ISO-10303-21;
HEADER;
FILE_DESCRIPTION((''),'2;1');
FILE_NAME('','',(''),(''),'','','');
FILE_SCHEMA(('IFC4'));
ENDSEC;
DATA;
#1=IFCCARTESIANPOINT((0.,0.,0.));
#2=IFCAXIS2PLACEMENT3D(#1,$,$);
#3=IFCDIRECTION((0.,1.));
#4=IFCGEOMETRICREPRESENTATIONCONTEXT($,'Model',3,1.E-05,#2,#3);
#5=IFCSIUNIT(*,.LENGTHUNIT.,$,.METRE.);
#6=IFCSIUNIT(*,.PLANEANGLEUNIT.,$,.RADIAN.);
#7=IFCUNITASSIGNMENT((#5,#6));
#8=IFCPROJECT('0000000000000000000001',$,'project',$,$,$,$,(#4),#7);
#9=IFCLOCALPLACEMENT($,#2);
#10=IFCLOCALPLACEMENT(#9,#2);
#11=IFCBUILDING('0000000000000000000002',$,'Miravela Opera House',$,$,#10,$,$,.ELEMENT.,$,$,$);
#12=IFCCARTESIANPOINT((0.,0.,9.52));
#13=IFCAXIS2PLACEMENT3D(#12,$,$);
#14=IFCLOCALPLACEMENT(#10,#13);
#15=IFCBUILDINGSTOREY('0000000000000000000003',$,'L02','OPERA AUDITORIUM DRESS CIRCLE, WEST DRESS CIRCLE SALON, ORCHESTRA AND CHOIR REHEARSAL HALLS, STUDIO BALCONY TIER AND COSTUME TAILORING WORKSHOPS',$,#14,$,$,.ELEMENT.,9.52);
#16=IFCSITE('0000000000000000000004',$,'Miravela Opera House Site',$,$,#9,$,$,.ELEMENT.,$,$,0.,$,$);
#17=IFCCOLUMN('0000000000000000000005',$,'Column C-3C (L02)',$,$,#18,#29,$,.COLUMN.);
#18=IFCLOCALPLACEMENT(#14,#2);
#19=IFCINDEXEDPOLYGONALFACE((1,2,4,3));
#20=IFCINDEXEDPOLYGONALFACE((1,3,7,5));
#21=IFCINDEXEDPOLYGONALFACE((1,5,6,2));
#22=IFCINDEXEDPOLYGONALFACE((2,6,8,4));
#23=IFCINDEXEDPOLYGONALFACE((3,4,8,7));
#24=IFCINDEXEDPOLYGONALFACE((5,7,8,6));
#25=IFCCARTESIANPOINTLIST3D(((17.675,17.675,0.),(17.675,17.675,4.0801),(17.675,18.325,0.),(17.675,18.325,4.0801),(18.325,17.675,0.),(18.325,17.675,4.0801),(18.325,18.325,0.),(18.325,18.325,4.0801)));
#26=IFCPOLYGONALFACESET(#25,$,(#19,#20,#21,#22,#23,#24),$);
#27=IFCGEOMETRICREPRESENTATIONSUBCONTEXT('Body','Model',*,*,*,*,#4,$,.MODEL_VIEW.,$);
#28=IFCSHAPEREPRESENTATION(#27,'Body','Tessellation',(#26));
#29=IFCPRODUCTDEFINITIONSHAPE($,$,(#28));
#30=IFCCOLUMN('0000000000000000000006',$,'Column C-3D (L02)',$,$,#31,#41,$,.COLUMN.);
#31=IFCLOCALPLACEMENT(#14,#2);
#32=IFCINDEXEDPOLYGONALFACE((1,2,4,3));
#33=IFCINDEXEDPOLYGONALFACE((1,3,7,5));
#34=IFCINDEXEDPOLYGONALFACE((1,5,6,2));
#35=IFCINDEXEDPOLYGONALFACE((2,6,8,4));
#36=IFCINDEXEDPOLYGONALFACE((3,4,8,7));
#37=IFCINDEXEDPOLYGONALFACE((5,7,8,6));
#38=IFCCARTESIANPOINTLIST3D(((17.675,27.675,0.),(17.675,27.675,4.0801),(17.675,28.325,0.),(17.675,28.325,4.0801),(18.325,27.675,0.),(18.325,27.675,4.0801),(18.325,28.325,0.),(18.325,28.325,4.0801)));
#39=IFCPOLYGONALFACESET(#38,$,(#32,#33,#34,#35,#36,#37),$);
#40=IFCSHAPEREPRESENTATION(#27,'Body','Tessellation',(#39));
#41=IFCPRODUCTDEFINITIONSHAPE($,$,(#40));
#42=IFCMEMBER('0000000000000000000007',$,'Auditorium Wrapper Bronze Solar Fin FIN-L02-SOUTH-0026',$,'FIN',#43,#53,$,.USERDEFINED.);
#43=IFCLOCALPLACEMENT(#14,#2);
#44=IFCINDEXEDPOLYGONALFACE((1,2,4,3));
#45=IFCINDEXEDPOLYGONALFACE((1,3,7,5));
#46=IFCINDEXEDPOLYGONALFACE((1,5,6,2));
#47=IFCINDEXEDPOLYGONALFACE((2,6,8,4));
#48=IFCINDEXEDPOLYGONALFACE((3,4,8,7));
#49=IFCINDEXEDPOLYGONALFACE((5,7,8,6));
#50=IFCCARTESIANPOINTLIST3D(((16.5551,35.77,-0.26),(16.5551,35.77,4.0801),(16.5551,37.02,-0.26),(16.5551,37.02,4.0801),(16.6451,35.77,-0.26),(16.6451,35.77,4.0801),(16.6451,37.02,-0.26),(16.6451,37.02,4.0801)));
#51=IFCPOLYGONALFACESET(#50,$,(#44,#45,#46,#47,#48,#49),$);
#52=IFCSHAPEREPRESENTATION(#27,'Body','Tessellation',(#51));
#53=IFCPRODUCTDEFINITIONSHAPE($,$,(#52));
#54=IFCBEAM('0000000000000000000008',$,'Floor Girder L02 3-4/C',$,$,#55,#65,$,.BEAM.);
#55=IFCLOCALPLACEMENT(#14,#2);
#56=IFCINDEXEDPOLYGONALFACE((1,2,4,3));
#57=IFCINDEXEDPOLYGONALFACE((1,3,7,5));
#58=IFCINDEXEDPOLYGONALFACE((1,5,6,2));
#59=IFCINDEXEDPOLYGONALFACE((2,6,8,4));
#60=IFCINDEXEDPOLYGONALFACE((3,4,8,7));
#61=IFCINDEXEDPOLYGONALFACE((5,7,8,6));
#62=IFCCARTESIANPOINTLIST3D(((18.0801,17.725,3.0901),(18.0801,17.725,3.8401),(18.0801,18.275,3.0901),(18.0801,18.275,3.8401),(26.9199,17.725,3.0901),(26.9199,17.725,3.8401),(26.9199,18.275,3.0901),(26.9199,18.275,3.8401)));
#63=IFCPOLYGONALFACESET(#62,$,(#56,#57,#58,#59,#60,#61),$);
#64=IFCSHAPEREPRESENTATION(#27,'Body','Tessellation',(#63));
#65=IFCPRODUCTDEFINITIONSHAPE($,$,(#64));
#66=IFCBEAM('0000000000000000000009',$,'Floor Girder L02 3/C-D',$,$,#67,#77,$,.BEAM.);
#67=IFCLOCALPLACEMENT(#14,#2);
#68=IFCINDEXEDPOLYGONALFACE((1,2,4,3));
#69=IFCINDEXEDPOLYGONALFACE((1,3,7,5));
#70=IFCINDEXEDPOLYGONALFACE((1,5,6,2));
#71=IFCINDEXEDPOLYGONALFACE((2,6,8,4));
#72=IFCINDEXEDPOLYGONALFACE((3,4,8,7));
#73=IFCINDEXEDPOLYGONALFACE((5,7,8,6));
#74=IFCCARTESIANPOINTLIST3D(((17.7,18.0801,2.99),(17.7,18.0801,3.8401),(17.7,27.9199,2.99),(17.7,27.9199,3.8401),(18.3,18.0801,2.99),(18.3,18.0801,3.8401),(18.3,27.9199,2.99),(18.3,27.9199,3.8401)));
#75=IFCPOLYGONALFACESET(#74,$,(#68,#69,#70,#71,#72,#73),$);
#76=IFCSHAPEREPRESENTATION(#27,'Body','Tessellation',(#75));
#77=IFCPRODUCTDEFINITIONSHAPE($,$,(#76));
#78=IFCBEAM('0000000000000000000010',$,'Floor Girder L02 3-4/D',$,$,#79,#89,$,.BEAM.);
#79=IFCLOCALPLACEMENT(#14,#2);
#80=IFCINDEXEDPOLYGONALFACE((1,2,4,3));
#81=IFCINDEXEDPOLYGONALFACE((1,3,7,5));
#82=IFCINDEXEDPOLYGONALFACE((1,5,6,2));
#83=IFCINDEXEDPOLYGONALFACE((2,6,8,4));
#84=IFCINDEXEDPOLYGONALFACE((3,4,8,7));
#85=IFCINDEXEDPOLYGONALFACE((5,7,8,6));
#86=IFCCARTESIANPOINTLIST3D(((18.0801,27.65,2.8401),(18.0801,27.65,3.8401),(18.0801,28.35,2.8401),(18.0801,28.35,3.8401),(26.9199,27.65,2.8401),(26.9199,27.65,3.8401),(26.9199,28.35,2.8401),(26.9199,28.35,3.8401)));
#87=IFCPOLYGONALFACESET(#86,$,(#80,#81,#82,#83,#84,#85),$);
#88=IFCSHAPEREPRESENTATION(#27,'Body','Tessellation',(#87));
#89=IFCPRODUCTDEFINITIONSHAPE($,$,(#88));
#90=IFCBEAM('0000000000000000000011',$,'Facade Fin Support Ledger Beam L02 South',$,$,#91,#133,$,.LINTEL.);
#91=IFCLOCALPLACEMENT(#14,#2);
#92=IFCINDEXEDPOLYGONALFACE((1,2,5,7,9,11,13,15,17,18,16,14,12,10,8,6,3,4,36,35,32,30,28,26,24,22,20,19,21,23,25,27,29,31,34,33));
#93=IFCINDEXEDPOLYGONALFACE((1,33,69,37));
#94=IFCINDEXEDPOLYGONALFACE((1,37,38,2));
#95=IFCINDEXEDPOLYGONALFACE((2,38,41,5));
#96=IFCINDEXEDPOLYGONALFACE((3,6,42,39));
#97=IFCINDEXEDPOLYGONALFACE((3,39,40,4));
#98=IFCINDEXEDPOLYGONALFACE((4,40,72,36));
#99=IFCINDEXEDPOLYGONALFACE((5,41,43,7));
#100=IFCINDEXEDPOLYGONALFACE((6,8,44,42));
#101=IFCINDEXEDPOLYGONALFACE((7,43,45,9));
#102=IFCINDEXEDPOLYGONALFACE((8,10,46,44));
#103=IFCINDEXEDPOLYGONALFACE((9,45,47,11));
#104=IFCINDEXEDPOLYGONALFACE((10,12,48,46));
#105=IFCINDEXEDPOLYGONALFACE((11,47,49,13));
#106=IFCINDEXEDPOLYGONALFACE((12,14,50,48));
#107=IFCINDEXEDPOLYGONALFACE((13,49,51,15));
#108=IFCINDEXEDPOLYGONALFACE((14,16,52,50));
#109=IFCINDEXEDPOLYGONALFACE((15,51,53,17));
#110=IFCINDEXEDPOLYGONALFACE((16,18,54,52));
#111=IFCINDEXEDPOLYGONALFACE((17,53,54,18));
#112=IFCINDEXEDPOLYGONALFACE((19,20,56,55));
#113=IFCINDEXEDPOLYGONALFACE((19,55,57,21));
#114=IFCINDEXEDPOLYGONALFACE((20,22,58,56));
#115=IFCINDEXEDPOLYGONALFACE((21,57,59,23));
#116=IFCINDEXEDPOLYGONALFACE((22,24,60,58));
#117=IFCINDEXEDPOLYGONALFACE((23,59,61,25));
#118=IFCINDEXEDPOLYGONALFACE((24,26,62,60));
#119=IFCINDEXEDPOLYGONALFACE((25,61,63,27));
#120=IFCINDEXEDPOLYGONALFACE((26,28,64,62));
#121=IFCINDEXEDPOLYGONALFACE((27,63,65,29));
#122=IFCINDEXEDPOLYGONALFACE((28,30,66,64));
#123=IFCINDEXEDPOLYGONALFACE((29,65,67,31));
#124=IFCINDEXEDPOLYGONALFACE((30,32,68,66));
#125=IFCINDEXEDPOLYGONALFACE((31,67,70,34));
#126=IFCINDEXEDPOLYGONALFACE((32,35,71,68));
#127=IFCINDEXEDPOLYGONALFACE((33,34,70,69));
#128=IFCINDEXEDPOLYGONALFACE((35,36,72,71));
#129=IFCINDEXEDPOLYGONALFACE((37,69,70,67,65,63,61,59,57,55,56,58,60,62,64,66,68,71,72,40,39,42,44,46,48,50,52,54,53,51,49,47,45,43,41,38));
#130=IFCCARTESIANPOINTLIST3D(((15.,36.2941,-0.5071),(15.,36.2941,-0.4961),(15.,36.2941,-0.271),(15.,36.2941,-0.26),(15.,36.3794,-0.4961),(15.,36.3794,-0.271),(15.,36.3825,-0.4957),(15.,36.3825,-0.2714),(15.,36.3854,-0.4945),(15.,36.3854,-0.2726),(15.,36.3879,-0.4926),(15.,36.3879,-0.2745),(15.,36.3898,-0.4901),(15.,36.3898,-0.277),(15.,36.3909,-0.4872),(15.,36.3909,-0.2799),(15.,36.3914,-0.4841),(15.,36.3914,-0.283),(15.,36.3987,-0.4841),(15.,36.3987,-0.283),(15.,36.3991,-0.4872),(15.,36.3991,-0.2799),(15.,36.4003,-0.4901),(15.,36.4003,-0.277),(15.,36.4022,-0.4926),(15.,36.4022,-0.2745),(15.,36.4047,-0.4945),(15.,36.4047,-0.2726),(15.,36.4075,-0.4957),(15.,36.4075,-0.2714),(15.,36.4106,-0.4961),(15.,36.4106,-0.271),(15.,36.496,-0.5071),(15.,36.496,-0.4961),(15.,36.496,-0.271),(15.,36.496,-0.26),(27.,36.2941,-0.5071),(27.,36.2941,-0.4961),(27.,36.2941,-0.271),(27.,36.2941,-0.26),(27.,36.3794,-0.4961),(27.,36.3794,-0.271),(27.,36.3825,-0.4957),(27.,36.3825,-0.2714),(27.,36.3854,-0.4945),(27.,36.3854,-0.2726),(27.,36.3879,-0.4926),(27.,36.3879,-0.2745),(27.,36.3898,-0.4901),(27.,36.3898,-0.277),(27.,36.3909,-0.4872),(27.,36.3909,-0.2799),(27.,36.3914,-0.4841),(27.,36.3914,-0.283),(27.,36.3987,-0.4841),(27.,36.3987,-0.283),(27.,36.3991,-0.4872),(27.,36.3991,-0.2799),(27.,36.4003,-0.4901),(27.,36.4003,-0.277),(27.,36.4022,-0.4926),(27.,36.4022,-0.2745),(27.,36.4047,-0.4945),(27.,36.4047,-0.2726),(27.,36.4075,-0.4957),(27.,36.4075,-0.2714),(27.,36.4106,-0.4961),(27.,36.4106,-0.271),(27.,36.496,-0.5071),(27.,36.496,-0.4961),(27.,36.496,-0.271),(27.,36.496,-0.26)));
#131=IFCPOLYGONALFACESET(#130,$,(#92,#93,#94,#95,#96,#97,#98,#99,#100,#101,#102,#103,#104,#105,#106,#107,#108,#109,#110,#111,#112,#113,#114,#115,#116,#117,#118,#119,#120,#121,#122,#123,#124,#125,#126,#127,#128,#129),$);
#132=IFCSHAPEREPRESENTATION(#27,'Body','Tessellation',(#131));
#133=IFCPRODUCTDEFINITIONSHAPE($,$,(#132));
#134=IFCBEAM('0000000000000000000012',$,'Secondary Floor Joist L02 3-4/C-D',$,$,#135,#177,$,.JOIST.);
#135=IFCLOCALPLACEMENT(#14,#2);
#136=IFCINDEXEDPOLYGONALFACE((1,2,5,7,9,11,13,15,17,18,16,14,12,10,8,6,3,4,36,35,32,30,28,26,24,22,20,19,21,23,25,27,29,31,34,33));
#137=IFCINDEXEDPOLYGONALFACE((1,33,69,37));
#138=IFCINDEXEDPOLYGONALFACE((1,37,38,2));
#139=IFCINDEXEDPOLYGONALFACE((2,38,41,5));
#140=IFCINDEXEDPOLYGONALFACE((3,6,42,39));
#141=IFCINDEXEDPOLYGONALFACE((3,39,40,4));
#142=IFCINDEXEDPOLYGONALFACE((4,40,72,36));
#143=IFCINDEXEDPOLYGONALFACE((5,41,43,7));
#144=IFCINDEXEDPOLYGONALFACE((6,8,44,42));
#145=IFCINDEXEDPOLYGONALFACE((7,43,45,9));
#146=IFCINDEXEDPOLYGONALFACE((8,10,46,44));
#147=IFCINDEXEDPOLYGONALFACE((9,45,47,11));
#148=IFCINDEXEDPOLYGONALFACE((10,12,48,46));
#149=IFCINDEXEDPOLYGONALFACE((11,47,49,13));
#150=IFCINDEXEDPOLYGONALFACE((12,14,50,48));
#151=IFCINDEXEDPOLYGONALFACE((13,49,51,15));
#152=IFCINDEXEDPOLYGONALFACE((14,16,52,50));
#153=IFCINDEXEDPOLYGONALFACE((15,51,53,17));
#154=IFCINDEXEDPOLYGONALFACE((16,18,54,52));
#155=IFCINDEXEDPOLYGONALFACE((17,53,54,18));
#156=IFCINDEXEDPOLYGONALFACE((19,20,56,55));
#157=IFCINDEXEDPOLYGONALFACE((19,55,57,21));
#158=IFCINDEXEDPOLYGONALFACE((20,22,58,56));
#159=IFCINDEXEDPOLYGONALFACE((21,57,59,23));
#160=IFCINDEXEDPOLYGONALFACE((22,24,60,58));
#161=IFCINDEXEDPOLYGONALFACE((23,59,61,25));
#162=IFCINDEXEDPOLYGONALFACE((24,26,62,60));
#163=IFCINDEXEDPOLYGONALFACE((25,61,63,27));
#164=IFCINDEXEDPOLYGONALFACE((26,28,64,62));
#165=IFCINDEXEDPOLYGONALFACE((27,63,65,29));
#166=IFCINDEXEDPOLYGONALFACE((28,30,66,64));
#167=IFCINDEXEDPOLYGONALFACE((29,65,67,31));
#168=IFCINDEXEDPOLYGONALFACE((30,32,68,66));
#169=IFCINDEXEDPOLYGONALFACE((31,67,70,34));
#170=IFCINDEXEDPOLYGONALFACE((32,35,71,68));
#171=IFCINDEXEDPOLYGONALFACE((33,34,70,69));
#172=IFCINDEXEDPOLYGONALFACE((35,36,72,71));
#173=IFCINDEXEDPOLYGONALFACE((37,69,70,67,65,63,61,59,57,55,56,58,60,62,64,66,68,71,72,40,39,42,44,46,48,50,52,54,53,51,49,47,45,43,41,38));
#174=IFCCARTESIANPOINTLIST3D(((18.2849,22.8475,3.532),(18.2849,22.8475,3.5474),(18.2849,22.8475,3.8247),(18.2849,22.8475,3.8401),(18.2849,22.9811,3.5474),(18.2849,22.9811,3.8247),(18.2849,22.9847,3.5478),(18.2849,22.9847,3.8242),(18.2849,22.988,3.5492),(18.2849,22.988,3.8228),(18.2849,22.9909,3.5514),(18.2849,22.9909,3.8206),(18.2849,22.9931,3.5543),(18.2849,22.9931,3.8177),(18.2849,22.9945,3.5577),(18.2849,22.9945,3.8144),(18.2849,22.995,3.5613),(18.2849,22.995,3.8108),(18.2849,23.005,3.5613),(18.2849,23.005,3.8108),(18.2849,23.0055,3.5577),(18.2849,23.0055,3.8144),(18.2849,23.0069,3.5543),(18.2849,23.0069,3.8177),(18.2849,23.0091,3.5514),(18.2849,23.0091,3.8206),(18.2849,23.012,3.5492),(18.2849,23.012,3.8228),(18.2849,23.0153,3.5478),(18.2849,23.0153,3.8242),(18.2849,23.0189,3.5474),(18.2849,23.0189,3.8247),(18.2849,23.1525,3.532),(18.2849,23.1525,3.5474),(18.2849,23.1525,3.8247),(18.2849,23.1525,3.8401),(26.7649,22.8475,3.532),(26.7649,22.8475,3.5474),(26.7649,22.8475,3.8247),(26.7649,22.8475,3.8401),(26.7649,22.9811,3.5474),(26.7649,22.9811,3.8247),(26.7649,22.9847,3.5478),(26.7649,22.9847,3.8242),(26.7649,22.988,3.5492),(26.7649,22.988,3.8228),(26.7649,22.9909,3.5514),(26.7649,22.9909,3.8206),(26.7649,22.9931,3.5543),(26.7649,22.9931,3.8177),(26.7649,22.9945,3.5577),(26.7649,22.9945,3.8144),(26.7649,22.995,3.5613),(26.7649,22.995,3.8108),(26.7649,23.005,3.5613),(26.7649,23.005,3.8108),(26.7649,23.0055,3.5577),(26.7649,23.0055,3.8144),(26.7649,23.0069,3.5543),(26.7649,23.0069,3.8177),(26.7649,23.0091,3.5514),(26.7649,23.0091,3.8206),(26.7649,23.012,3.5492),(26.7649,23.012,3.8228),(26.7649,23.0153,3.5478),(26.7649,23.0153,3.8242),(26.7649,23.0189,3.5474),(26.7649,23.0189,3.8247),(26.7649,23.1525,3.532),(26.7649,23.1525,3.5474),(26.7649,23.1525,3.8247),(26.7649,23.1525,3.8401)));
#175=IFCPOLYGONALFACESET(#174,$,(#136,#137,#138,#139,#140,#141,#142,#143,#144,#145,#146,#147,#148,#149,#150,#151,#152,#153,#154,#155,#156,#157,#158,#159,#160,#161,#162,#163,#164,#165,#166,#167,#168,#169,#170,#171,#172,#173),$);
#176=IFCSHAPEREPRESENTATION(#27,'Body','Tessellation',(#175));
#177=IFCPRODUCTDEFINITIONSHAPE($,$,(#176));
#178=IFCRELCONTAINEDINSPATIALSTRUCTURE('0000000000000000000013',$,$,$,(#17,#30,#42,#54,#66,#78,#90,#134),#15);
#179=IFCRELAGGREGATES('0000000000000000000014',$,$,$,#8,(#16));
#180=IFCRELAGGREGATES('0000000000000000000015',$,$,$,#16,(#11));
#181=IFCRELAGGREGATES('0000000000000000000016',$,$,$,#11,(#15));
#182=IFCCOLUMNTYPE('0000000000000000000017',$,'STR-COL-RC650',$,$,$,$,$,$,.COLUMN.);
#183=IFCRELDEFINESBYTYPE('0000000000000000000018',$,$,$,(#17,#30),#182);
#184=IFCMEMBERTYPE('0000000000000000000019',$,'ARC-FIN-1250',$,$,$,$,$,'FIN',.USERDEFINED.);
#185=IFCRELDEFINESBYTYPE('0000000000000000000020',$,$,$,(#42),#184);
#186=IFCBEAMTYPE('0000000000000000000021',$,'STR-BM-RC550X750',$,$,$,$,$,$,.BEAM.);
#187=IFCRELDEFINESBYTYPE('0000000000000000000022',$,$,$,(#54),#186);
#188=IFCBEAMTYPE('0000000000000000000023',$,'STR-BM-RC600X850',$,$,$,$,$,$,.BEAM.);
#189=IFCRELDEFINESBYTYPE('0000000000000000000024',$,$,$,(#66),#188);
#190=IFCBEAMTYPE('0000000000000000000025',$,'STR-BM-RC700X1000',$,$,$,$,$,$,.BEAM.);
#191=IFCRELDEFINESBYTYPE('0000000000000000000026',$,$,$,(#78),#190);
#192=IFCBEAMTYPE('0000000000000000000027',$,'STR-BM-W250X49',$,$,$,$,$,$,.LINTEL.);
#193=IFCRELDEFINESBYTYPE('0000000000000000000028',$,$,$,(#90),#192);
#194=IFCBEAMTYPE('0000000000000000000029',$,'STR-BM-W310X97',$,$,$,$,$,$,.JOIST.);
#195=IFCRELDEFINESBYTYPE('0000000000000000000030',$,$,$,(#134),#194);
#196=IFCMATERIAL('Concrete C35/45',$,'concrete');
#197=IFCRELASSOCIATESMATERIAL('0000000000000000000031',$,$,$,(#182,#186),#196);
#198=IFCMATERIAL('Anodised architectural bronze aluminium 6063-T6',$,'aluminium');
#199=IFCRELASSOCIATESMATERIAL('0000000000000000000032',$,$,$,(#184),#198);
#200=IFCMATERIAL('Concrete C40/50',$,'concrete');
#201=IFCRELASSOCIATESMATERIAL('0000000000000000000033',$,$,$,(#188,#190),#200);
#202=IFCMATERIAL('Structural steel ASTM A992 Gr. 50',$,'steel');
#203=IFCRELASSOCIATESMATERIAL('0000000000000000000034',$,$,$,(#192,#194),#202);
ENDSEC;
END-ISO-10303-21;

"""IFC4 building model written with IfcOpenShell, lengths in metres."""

from ifc_helpers import new_model, si_unit, direction, frame, origin, origin_2d, place, context, subcontext, project, spatial, rectangle, i_section, extrude, material, material_profile, profile_set, type_object, element, save


model = new_model("IFC4")

# Units and contexts
model_context = context("Model", 3, precision=1e-05, world=origin(), true_north=direction((0.0, 1.0)))
body_context = subcontext(model_context, "Body", "Model", "MODEL_VIEW")
ifc_project = project(units=[si_unit("LENGTHUNIT", "METRE"), si_unit("PLANEANGLEUNIT", "RADIAN")], contexts=[model_context])

# Site, building, storey
site_placement = place(None, origin())
site = spatial("IfcSite", under=ifc_project, at=site_placement, Name="Miravela Opera House Site", CompositionType="ELEMENT", RefElevation=0.0)
building_placement = place(site_placement, origin())
building = spatial("IfcBuilding", under=site, at=building_placement, Name="Miravela Opera House", CompositionType="ELEMENT")
storey_placement = place(building_placement, frame((0.0, 0.0, 9.52)))
storey = spatial("IfcBuildingStorey", under=building, at=storey_placement, Name="L02", Description="OPERA AUDITORIUM DRESS CIRCLE, WEST DRESS CIRCLE SALON, ORCHESTRA AND CHOIR REHEARSAL HALLS, STUDIO BALCONY TIER AND COSTUME TAILORING WORKSHOPS", CompositionType="ELEMENT", Elevation=9.52)

# Columns
ifc_material_1 = material(Name="Concrete C35/45", Category="concrete")
ifc_material_profile_1 = material_profile(ifc_material_1, rectangle(XDim=0.6499, YDim=0.6499, at=origin_2d()), Name="RC-COL-650X650")
ifc_profile_set_1 = profile_set([ifc_material_profile_1])
column_type = type_object("IfcColumnType", Name="STR-COL-RC650", PredefinedType="COLUMN", material=ifc_profile_set_1)
for number, where, z_axis, x_axis, name in (
    (1, (18.0, 18.0, 0.0), (0.0, 0.0, 1.0), (1.0, 0.0, 0.0), "Column C-3C (L02)"),
    (2, (18.0, 28.0, 0.0), (0.0, 0.0, 1.0), (1.0, 0.0, 0.0), "Column C-3D (L02)"),
):
    element("IfcColumn", number, at=place(storey_placement, frame(where, z_axis=z_axis, x_axis=x_axis)), inside=storey, type_object=column_type, Name=name, PredefinedType="COLUMN", context=body_context, shape_type="SweptSolid", body=[
        extrude(rectangle(XDim=0.6499, YDim=0.6499, at=origin_2d()), origin(), (0.0, 0.0, 1.0), 4.0801),
    ])

# Member
ifc_material_2 = material(Name="Anodised architectural bronze aluminium 6063-T6", Category="aluminium")
ifc_material_profile_2 = material_profile(ifc_material_2, rectangle(XDim=0.0901, YDim=1.25, at=origin_2d()), Name="FIN-1250X90")
ifc_profile_set_2 = profile_set([ifc_material_profile_2])
member_type_1 = type_object("IfcMemberType", Name="ARC-FIN-1250", ElementType="FIN", PredefinedType="USERDEFINED", material=ifc_profile_set_2)
member_placement = place(storey_placement, frame((16.6001, 36.395, -0.26), z_axis=(0.0, 0.0, 1.0), x_axis=(1.0, 0.0, 0.0)))
element("IfcMember", 3, at=member_placement, inside=storey, type_object=member_type_1, Name="Auditorium Wrapper Bronze Solar Fin FIN-L02-SOUTH-0026", ObjectType="FIN", PredefinedType="USERDEFINED", context=body_context, shape_type="SweptSolid", body=[
    extrude(rectangle(XDim=0.0901, YDim=1.25, at=origin_2d()), origin(), (0.0, 0.0, 1.0), 4.3401),
])

# Beams
ifc_material_profile_3 = material_profile(ifc_material_1, rectangle(XDim=0.55, YDim=0.75, at=origin_2d()), Name="RC-BM-550X750")
ifc_profile_set_3 = profile_set([ifc_material_profile_3])
beam_type_1 = type_object("IfcBeamType", Name="STR-BM-RC550X750", PredefinedType="BEAM", material=ifc_profile_set_3)
beam_1_placement = place(storey_placement, frame((18.0801, 18.0, 3.4651), z_axis=(1.0, 0.0, 0.0), x_axis=(0.0, 1.0, 0.0)))
element("IfcBeam", 4, at=beam_1_placement, inside=storey, type_object=beam_type_1, Name="Floor Girder L02 3-4/C", PredefinedType="BEAM", context=body_context, shape_type="SweptSolid", body=[
    extrude(rectangle(XDim=0.55, YDim=0.75, at=origin_2d()), origin(), (0.0, 0.0, 1.0), 8.8398),
])
ifc_material_3 = material(Name="Concrete C40/50", Category="concrete")
ifc_material_profile_4 = material_profile(ifc_material_3, rectangle(XDim=0.6001, YDim=0.8501, at=origin_2d()), Name="RC-BM-600X850")
ifc_profile_set_4 = profile_set([ifc_material_profile_4])
beam_type_2 = type_object("IfcBeamType", Name="STR-BM-RC600X850", PredefinedType="BEAM", material=ifc_profile_set_4)
beam_2_placement = place(storey_placement, frame((18.0, 18.0801, 3.415), z_axis=(0.0, 1.0, 0.0), x_axis=(-1.0, 0.0, 0.0)))
element("IfcBeam", 5, at=beam_2_placement, inside=storey, type_object=beam_type_2, Name="Floor Girder L02 3/C-D", PredefinedType="BEAM", context=body_context, shape_type="SweptSolid", body=[
    extrude(rectangle(XDim=0.6001, YDim=0.8501, at=origin_2d()), origin(), (0.0, 0.0, 1.0), 9.8398),
])
ifc_material_profile_5 = material_profile(ifc_material_3, rectangle(XDim=0.7, YDim=1.0, at=origin_2d()), Name="RC-BM-700X1000")
ifc_profile_set_5 = profile_set([ifc_material_profile_5])
beam_type_3 = type_object("IfcBeamType", Name="STR-BM-RC700X1000", PredefinedType="BEAM", material=ifc_profile_set_5)
beam_3_placement = place(storey_placement, frame((18.0801, 28.0, 3.3401), z_axis=(1.0, 0.0, 0.0), x_axis=(0.0, 1.0, 0.0)))
element("IfcBeam", 6, at=beam_3_placement, inside=storey, type_object=beam_type_3, Name="Floor Girder L02 3-4/D", PredefinedType="BEAM", context=body_context, shape_type="SweptSolid", body=[
    extrude(rectangle(XDim=0.7, YDim=1.0, at=origin_2d()), origin(), (0.0, 0.0, 1.0), 8.8398),
])
ifc_material_4 = material(Name="Structural steel ASTM A992 Gr. 50", Category="steel")
ifc_material_profile_6 = material_profile(ifc_material_4, i_section(OverallWidth=0.2019, OverallDepth=0.2471, WebThickness=0.0073, FlangeThickness=0.011, FilletRadius=0.012, at=origin_2d()), Name="W250X49")
ifc_profile_set_6 = profile_set([ifc_material_profile_6])
beam_type_4 = type_object("IfcBeamType", Name="STR-BM-W250X49", PredefinedType="LINTEL", material=ifc_profile_set_6)
beam_4_placement = place(storey_placement, frame((15.0, 36.395, -0.3835), z_axis=(1.0, 0.0, 0.0), x_axis=(0.0, 1.0, 0.0)))
element("IfcBeam", 7, at=beam_4_placement, inside=storey, type_object=beam_type_4, Name="Facade Fin Support Ledger Beam L02 South", PredefinedType="LINTEL", context=body_context, shape_type="SweptSolid", body=[
    extrude(i_section(OverallWidth=0.2019, OverallDepth=0.2471, WebThickness=0.0073, FlangeThickness=0.011, FilletRadius=0.012, at=origin_2d()), origin(), (0.0, 0.0, 1.0), 12.0),
])
ifc_material_profile_7 = material_profile(ifc_material_4, i_section(OverallWidth=0.3049, OverallDepth=0.3081, WebThickness=0.01, FlangeThickness=0.0154, FilletRadius=0.0139, at=origin_2d()), Name="W310X97")
ifc_profile_set_7 = profile_set([ifc_material_profile_7])
beam_type_5 = type_object("IfcBeamType", Name="STR-BM-W310X97", PredefinedType="JOIST", material=ifc_profile_set_7)
beam_5_placement = place(storey_placement, frame((18.2849, 23.0, 3.686), z_axis=(1.0, 0.0, 0.0), x_axis=(0.0, 1.0, 0.0)))
element("IfcBeam", 8, at=beam_5_placement, inside=storey, type_object=beam_type_5, Name="Secondary Floor Joist L02 3-4/C-D", PredefinedType="JOIST", context=body_context, shape_type="SweptSolid", body=[
    extrude(i_section(OverallWidth=0.3049, OverallDepth=0.3081, WebThickness=0.01, FlangeThickness=0.0154, FilletRadius=0.0139, at=origin_2d()), origin(), (0.0, 0.0, 1.0), 8.48),
])

save(model, "model.ifc")
